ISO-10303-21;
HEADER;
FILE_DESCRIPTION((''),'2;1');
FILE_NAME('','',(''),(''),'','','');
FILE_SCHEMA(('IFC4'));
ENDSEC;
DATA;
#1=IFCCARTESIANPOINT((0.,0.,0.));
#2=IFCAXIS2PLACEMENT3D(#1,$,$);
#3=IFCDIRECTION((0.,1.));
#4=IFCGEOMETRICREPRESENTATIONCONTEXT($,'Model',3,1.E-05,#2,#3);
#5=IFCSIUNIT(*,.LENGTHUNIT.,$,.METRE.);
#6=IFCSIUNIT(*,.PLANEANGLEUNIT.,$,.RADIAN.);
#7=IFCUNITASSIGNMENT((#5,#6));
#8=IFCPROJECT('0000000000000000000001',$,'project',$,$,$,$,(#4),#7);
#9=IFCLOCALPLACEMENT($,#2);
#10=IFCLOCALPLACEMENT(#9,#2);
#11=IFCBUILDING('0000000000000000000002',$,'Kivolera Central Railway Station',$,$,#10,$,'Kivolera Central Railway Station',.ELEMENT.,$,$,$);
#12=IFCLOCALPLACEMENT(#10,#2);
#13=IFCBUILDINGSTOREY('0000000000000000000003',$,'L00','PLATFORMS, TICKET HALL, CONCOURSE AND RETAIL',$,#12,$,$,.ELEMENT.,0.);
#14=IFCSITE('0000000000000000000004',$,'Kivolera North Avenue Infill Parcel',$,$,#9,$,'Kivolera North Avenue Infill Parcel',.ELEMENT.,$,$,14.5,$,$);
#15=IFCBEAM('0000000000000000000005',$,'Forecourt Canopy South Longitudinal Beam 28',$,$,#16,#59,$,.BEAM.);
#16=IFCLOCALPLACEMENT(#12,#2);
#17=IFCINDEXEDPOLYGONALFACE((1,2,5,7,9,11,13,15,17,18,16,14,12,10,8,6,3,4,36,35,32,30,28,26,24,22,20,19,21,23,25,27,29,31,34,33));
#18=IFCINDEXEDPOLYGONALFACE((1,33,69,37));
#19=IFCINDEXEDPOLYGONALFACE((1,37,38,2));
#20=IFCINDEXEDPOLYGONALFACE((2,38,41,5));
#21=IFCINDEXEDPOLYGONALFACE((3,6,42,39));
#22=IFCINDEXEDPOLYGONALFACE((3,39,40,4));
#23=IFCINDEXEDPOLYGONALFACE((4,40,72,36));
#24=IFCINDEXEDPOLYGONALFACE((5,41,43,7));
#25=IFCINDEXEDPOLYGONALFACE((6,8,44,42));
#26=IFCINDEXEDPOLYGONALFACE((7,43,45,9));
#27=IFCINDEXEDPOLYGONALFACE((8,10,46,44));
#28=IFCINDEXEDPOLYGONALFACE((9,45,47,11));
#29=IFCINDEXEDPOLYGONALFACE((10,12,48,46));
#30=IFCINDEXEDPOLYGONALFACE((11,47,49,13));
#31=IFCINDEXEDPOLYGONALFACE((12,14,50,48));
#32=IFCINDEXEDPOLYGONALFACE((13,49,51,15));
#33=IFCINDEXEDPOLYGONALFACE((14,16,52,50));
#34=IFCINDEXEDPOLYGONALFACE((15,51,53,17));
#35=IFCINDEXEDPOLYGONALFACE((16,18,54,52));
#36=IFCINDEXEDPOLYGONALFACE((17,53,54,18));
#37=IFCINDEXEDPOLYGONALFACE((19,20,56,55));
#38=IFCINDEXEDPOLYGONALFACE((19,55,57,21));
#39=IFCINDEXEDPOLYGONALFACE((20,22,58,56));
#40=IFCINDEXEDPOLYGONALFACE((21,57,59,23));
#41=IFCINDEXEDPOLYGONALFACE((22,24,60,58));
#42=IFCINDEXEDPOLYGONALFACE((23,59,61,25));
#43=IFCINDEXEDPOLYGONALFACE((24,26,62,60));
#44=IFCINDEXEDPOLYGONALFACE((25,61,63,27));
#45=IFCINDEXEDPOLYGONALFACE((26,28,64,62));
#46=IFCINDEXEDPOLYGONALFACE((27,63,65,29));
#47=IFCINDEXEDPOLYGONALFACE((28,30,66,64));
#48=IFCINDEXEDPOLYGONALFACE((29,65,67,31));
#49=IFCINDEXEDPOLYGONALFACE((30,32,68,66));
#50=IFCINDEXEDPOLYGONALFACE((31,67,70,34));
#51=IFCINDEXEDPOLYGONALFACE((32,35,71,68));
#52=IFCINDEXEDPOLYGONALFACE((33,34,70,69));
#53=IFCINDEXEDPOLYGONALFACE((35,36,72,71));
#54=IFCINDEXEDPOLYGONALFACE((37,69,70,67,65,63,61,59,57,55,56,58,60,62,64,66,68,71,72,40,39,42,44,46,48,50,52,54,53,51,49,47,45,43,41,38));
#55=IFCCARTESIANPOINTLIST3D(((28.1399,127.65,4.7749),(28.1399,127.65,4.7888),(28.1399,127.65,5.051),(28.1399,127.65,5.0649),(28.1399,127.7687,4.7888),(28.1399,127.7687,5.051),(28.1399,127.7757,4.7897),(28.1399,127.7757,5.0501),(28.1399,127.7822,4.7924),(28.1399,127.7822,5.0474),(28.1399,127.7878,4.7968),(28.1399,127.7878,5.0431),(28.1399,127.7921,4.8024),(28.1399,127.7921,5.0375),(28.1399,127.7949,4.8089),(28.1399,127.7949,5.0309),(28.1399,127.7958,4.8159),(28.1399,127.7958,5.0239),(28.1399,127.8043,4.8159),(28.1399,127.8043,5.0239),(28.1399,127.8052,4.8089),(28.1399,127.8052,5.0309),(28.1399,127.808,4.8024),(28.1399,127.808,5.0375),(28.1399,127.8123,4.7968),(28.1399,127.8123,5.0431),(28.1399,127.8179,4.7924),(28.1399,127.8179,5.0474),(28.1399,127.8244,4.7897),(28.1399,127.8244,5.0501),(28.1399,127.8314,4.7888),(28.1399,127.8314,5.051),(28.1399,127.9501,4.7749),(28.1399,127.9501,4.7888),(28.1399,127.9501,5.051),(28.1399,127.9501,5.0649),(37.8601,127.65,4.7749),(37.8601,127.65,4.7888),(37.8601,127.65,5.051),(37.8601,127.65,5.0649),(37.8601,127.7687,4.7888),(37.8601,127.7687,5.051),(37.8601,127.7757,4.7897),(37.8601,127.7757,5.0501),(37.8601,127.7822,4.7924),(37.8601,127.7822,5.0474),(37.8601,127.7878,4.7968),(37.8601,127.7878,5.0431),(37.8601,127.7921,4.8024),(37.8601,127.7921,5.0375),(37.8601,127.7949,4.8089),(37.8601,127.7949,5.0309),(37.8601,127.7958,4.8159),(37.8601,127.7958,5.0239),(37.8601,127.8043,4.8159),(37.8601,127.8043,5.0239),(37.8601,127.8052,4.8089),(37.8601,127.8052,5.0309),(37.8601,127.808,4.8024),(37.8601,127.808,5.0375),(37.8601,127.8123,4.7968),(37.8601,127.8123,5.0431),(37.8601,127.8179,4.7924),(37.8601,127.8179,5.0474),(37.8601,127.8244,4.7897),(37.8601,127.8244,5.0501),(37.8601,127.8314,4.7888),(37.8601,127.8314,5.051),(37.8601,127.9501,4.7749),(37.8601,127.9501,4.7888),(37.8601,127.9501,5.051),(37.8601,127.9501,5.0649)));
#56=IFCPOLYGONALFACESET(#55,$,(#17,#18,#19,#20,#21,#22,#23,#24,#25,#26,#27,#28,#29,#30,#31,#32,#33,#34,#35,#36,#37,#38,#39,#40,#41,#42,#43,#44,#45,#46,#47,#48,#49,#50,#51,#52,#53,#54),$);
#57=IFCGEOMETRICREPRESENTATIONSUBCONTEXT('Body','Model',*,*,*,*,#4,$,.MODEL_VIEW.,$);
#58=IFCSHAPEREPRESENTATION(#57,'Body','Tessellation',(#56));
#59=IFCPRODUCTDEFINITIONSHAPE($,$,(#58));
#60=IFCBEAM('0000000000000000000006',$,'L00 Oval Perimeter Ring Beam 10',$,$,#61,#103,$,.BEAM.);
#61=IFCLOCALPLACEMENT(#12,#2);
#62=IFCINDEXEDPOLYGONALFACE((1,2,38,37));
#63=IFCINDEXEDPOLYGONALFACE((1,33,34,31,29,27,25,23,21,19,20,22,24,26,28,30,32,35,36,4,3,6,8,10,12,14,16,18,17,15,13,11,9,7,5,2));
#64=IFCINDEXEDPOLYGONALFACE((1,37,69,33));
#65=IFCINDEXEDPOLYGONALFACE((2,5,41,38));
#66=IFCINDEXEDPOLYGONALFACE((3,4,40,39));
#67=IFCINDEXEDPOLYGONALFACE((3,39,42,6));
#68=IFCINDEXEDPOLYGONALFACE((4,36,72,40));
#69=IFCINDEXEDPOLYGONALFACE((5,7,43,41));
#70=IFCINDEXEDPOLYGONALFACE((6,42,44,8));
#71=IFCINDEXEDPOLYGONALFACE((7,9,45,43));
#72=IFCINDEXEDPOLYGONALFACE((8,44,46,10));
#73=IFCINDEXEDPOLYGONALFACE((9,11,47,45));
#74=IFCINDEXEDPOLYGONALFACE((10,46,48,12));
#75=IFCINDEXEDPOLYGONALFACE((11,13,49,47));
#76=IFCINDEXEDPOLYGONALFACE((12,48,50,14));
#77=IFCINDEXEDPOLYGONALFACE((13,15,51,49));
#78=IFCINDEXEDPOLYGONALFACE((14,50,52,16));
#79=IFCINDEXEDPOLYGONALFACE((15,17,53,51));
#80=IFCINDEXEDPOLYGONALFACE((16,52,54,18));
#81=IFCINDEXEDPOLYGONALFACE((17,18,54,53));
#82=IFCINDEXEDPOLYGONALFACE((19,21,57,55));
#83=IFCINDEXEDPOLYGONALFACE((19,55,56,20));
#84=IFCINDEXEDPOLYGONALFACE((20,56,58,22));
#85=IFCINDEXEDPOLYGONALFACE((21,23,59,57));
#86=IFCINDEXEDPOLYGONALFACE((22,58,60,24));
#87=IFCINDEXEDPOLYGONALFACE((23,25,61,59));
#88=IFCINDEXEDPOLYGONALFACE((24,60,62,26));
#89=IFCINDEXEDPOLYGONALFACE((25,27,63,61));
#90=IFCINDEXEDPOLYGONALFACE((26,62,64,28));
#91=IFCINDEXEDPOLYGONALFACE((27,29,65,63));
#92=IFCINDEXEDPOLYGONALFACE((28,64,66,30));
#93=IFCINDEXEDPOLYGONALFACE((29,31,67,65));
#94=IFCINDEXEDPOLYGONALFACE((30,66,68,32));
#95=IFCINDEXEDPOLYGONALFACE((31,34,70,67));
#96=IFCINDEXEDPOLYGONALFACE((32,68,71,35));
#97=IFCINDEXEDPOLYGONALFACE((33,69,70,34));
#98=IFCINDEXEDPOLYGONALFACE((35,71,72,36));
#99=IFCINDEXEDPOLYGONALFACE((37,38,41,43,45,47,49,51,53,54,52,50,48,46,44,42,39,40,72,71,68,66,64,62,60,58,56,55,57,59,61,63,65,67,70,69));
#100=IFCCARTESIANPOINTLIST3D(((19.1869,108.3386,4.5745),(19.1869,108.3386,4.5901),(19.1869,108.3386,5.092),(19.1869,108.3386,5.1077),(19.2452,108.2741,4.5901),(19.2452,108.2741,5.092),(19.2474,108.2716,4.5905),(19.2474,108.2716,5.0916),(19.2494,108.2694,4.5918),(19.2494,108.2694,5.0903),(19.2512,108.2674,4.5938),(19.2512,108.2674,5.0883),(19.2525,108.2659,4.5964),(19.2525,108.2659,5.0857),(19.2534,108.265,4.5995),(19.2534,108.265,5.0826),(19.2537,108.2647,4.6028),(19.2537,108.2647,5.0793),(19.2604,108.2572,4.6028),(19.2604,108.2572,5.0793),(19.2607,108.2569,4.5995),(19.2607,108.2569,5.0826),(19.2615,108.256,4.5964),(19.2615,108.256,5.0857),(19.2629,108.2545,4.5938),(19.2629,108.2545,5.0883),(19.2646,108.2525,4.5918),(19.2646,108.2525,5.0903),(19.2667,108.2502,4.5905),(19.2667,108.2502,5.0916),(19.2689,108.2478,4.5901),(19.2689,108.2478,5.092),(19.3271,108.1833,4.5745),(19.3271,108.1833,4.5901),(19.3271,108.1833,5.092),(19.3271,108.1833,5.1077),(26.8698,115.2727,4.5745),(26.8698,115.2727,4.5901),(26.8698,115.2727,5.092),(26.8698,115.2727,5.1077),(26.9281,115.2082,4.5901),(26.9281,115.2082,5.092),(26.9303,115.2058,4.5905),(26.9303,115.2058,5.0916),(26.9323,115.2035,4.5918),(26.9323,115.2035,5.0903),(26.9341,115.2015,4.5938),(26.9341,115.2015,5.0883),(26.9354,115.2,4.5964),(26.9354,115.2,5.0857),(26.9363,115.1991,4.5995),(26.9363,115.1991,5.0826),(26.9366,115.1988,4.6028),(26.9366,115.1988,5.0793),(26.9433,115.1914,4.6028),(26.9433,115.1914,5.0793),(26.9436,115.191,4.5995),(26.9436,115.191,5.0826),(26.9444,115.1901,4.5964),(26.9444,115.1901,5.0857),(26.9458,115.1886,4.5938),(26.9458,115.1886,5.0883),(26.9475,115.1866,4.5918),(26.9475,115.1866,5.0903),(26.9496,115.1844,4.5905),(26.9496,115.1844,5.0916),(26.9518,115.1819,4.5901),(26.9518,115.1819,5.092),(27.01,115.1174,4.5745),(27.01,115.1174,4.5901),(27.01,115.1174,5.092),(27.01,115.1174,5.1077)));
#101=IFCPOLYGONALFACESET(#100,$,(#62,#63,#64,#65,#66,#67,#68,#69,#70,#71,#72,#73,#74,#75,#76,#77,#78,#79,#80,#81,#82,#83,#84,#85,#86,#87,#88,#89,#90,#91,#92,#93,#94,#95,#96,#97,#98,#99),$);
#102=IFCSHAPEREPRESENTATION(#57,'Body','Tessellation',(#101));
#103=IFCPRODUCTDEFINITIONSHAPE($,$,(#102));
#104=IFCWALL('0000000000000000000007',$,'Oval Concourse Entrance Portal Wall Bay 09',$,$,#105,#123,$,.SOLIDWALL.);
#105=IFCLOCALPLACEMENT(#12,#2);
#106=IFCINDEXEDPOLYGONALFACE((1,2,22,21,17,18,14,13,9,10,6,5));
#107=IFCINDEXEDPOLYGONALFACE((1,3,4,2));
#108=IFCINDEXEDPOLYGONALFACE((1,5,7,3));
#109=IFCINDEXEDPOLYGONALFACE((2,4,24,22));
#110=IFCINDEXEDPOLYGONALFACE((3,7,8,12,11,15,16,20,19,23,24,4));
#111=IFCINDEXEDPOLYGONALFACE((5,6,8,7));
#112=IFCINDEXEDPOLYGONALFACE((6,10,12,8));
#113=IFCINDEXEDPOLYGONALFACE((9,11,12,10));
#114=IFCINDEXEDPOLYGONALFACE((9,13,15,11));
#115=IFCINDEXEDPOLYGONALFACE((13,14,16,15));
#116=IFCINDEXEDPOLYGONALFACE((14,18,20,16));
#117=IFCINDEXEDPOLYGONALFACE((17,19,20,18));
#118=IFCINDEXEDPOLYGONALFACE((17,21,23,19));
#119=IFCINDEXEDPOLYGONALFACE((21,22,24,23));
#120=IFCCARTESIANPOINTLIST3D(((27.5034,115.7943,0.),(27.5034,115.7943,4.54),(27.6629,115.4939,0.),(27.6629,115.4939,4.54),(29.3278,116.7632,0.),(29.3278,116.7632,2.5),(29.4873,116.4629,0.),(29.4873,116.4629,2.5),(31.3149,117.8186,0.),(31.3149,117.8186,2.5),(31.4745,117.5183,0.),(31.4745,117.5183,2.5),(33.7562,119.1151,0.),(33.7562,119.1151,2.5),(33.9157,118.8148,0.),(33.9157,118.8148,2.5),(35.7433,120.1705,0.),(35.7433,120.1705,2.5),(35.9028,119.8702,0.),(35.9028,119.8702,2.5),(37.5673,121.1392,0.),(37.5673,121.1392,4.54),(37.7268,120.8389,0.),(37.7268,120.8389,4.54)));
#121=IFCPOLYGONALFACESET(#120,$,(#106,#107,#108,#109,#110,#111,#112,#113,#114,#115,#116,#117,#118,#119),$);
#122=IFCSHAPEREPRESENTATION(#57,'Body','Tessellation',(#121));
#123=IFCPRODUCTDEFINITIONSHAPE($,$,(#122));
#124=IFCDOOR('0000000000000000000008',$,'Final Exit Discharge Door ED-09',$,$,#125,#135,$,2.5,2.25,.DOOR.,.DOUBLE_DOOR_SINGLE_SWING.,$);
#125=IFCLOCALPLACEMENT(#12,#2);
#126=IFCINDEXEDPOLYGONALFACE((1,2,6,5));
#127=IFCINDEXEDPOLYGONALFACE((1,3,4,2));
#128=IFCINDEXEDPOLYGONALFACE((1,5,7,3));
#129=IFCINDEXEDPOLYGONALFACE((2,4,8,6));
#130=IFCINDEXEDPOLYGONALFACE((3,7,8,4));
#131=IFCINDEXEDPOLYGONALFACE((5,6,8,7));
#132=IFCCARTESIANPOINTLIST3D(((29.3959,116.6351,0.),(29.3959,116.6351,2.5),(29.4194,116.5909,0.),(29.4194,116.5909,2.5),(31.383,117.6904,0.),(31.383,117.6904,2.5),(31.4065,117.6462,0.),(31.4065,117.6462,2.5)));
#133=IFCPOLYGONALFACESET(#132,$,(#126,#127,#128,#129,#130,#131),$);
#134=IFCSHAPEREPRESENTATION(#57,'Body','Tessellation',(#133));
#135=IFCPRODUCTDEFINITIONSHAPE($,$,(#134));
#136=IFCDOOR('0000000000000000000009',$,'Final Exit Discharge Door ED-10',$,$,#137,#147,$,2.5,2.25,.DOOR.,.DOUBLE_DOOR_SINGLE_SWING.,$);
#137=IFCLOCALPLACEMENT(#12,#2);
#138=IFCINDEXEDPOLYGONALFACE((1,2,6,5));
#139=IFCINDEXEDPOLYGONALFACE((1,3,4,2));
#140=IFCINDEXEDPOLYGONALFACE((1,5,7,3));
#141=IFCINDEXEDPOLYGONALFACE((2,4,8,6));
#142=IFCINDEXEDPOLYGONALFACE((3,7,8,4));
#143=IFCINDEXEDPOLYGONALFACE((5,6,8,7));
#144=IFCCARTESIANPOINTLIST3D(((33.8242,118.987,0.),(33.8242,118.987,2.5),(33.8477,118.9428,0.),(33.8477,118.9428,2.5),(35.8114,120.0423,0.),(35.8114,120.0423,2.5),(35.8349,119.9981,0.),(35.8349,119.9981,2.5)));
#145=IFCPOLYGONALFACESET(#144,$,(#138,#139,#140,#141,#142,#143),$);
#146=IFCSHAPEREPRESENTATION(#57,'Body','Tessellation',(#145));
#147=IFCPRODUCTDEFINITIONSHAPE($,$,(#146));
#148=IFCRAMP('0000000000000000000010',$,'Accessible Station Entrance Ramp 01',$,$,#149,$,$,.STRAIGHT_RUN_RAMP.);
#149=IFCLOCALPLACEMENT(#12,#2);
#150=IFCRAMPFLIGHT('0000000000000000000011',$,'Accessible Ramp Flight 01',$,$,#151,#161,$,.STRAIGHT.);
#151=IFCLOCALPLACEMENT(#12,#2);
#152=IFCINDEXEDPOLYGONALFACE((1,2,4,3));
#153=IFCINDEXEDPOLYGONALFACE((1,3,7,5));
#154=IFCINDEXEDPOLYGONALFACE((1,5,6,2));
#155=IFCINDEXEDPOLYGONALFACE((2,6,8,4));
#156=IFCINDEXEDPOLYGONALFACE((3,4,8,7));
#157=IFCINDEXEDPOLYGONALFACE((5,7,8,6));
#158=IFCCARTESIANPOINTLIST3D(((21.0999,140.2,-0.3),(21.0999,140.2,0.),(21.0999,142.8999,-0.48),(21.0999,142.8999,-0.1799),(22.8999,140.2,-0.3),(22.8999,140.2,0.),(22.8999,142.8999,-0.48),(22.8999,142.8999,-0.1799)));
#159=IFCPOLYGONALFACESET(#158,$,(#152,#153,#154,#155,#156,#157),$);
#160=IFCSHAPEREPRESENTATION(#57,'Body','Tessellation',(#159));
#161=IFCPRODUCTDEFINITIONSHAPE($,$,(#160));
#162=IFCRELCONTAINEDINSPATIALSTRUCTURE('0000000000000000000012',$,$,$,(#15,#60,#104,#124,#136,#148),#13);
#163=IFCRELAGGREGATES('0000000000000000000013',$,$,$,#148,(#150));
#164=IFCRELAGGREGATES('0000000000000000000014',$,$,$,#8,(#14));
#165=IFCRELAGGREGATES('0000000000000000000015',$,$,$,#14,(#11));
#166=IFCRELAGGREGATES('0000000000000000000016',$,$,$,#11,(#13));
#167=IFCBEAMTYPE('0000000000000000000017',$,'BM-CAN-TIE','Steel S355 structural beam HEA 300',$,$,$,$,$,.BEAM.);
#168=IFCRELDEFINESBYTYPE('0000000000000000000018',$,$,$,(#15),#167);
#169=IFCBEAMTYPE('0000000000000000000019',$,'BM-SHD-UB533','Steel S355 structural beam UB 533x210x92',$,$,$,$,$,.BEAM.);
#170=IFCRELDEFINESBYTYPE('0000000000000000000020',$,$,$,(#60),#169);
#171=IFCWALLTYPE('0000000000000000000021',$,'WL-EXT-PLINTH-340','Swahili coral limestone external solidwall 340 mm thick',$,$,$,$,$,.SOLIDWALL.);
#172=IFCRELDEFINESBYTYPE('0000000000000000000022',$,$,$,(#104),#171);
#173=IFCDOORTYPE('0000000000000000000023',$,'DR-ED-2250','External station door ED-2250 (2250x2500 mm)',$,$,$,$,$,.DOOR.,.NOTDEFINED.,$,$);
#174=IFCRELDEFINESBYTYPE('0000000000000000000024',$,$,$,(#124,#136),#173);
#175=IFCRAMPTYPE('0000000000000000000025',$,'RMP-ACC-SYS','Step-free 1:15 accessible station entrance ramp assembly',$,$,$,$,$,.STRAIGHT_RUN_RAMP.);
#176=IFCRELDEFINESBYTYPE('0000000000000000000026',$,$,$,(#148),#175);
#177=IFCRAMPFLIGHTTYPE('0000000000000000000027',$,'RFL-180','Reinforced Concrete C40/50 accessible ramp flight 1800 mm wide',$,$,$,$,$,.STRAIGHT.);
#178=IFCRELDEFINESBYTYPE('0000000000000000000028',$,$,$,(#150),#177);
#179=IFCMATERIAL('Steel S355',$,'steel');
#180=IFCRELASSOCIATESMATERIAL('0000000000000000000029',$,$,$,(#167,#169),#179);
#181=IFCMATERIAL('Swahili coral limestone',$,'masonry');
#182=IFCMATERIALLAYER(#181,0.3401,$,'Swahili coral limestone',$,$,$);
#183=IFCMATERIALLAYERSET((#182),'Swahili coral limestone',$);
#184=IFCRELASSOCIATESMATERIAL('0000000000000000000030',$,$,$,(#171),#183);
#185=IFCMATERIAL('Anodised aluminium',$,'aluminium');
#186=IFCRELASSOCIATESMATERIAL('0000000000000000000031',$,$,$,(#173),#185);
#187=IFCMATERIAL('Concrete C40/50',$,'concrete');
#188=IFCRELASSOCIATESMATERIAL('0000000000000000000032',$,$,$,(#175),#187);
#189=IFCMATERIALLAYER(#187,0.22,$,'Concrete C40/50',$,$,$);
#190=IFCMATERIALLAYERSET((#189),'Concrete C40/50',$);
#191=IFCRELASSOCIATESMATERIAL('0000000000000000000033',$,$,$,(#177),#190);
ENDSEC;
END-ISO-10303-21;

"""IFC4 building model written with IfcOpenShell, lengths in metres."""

from ifc_helpers import new_model, si_unit, direction, frame, frame_2d, origin, origin_2d, place, context, subcontext, project, spatial, polyline, rectangle, i_section, outline, extrude, material, layer, layer_set, material_profile, profile_set, type_object, element, fill, aggregate, save


model = new_model("IFC4")

# Units and contexts
model_context = context("Model", 3, precision=1e-05, world=origin(), true_north=direction((0.0, 1.0)))
body_context = subcontext(model_context, "Body", "Model", "MODEL_VIEW")
ifc_project = project(units=[si_unit("LENGTHUNIT", "METRE"), si_unit("PLANEANGLEUNIT", "RADIAN")], contexts=[model_context])

# Site, building, storey
site_placement = place(None, origin())
site = spatial("IfcSite", under=ifc_project, at=site_placement, Name="Kivolera North Avenue Infill Parcel", LongName="Kivolera North Avenue Infill Parcel", CompositionType="ELEMENT", RefElevation=14.5)
building_placement = place(site_placement, origin())
building = spatial("IfcBuilding", under=site, at=building_placement, Name="Kivolera Central Railway Station", LongName="Kivolera Central Railway Station", CompositionType="ELEMENT")
storey_placement = place(building_placement, origin())
storey = spatial("IfcBuildingStorey", under=building, at=storey_placement, Name="L00", Description="PLATFORMS, TICKET HALL, CONCOURSE AND RETAIL", CompositionType="ELEMENT", Elevation=0.0)

# Shared definitions
ifc_material_1 = material(Name="Concrete C40/50", Category="concrete")
ifc_material_2 = material(Name="Steel S355", Category="steel")

# Beams
ifc_material_profile_1 = material_profile(ifc_material_2, i_section(OverallWidth=0.3, OverallDepth=0.29, WebThickness=0.0085, FlangeThickness=0.0139, FilletRadius=0.0271, at=origin_2d()), Name="HEA 300")
ifc_profile_set_1 = profile_set([ifc_material_profile_1], Name="Steel S355")
beam_type_1 = type_object("IfcBeamType", Name="BM-CAN-TIE", Description="Steel S355 structural beam HEA 300", PredefinedType="BEAM", material=ifc_profile_set_1)
beam_1_placement = place(storey_placement, frame((28.1399, 127.8, 4.9199), z_axis=(1.0, 0.0, 0.0), x_axis=(0.0, 1.0, 0.0)))
element("IfcBeam", 1, at=beam_1_placement, inside=storey, type_object=beam_type_1, Name="Forecourt Canopy South Longitudinal Beam 28", PredefinedType="BEAM", context=body_context, shape_type="SweptSolid", body=[
    extrude(i_section(OverallWidth=0.3, OverallDepth=0.29, WebThickness=0.0085, FlangeThickness=0.0139, FilletRadius=0.0271, at=origin_2d()), origin(), (0.0, 0.0, 1.0), 9.7202),
])
ifc_material_profile_2 = material_profile(ifc_material_2, i_section(OverallWidth=0.2092, OverallDepth=0.5332, WebThickness=0.01, FlangeThickness=0.0156, FilletRadius=0.0127, at=origin_2d()), Name="UB 533x210x92")
ifc_profile_set_2 = profile_set([ifc_material_profile_2], Name="Steel S355")
beam_type_2 = type_object("IfcBeamType", Name="BM-SHD-UB533", Description="Steel S355 structural beam UB 533x210x92", PredefinedType="BEAM", material=ifc_profile_set_2)
beam_2_placement = place(storey_placement, frame((26.9399, 115.1951, 4.8411), z_axis=(-0.742356, -0.670005, 0.0), x_axis=(0.670005, -0.742356, 0.0)))
element("IfcBeam", 2, at=beam_2_placement, inside=storey, type_object=beam_type_2, Name="L00 Oval Perimeter Ring Beam 10", PredefinedType="BEAM", context=body_context, shape_type="SweptSolid", body=[
    extrude(i_section(OverallWidth=0.2092, OverallDepth=0.5332, WebThickness=0.01, FlangeThickness=0.0156, FilletRadius=0.0127, at=origin_2d()), origin(), (0.0, 0.0, 1.0), 10.3494),
])

# Wall, openings, doors
ifc_material_3 = material(Name="Swahili coral limestone", Category="masonry")
ifc_layer_1 = layer(ifc_material_3, 0.3401, Name="Swahili coral limestone")
ifc_layer_set_1 = layer_set([ifc_layer_1], Name="Swahili coral limestone")
wall_type = type_object("IfcWallType", Name="WL-EXT-PLINTH-340", Description="Swahili coral limestone external solidwall 340 mm thick", PredefinedType="SOLIDWALL", material=ifc_layer_set_1)
wall_placement = place(storey_placement, frame((27.583, 115.644, 0.0), z_axis=(0.0, 0.0, 1.0), x_axis=(0.883171, 0.469052, 0.0)))
wall = element("IfcWall", 3, at=wall_placement, inside=storey, type_object=wall_type, Name="Oval Concourse Entrance Portal Wall Bay 09", PredefinedType="SOLIDWALL", context=body_context, shape_type="SweptSolid", body=[
    extrude(rectangle(XDim=11.3953, YDim=0.3401, at=frame_2d((5.6978, 0.0))), origin(), (0.0, 0.0, 1.0), 4.54),
])
opening_1_placement = place(wall_placement, frame((2.0659, 0.0, 0.0)))
opening_1 = element("IfcOpeningElement", 4, at=opening_1_placement, cuts=wall, PredefinedType="OPENING", context=body_context, shape_type="SweptSolid", body=[
    extrude(rectangle(XDim=2.25, YDim=2.5, at=frame_2d((1.125, 1.25))), frame((0.0, 0.1799, 0.0), z_axis=(0.0, -1.0, 0.0), x_axis=(1.0, 0.0, 0.0)), (0.0, 0.0, 1.0), 0.3601),
])
opening_2_placement = place(wall_placement, frame((7.0801, 0.0, 0.0)))
opening_2 = element("IfcOpeningElement", 5, at=opening_2_placement, cuts=wall, PredefinedType="OPENING", context=body_context, shape_type="SweptSolid", body=[
    extrude(rectangle(XDim=2.25, YDim=2.5, at=frame_2d((1.125, 1.25))), frame((0.0, 0.1799, 0.0), z_axis=(0.0, -1.0, 0.0), x_axis=(1.0, 0.0, 0.0)), (0.0, 0.0, 1.0), 0.3601),
])
ifc_material_4 = material(Name="Anodised aluminium", Category="aluminium")
door_type = type_object("IfcDoorType", Name="DR-ED-2250", Description="External station door ED-2250 (2250x2500 mm)", OperationType="NOTDEFINED", PredefinedType="DOOR", material=ifc_material_4)
door_1_placement = place(opening_1_placement, origin())
door_1 = element("IfcDoor", 6, at=door_1_placement, inside=storey, type_object=door_type, Name="Final Exit Discharge Door ED-09", OperationType="DOUBLE_DOOR_SINGLE_SWING", OverallHeight=2.5, OverallWidth=2.25, PredefinedType="DOOR", context=body_context, shape_type="SweptSolid", body=[
    extrude(rectangle(XDim=2.25, YDim=2.5, at=frame_2d((1.125, 1.25))), frame((0.0, 0.0249, 0.0), z_axis=(0.0, -1.0, 0.0), x_axis=(1.0, 0.0, 0.0)), (0.0, 0.0, 1.0), 0.05),
])
fill(opening_1, door_1)
door_2_placement = place(opening_2_placement, origin())
door_2 = element("IfcDoor", 7, at=door_2_placement, inside=storey, type_object=door_type, Name="Final Exit Discharge Door ED-10", OperationType="DOUBLE_DOOR_SINGLE_SWING", OverallHeight=2.5, OverallWidth=2.25, PredefinedType="DOOR", context=body_context, shape_type="SweptSolid", body=[
    extrude(rectangle(XDim=2.25, YDim=2.5, at=frame_2d((1.125, 1.25))), frame((0.0, 0.0249, 0.0), z_axis=(0.0, -1.0, 0.0), x_axis=(1.0, 0.0, 0.0)), (0.0, 0.0, 1.0), 0.05),
])
fill(opening_2, door_2)

# Ramp, ramp flight
ramp_type = type_object("IfcRampType", Name="RMP-ACC-SYS", Description="Step-free 1:15 accessible station entrance ramp assembly", PredefinedType="STRAIGHT_RUN_RAMP", material=ifc_material_1)
ramp_placement = place(storey_placement, origin())
ramp = element("IfcRamp", 8, at=ramp_placement, inside=storey, type_object=ramp_type, Name="Accessible Station Entrance Ramp 01", PredefinedType="STRAIGHT_RUN_RAMP")
ifc_layer_2 = layer(ifc_material_1, 0.22, Name="Concrete C40/50")
ifc_layer_set_2 = layer_set([ifc_layer_2], Name="Concrete C40/50")
ramp_flight_type = type_object("IfcRampFlightType", Name="RFL-180", Description="Reinforced Concrete C40/50 accessible ramp flight 1800 mm wide", PredefinedType="STRAIGHT", material=ifc_layer_set_2)
ramp_flight_placement = place(storey_placement, frame((22.0, 142.8999, -0.1799), z_axis=(0.0, 0.0, 1.0), x_axis=(0.0, -1.0, 0.0)))
ramp_flight = element("IfcRampFlight", 9, at=ramp_flight_placement, type_object=ramp_flight_type, Name="Accessible Ramp Flight 01", PredefinedType="STRAIGHT", context=body_context, shape_type="SweptSolid", body=[
    extrude(outline(polyline([(0.0, -0.3), (2.7, -0.1201), (2.7, 0.1799), (0.0, 0.0), (0.0, -0.3)])), frame((0.0, 0.8999, 0.0), z_axis=(0.0, -1.0, 0.0), x_axis=(1.0, 0.0, 0.0)), (0.0, 0.0, 1.0), 1.8),
])
aggregate(ramp, [ramp_flight])

save(model, "model.ifc")
